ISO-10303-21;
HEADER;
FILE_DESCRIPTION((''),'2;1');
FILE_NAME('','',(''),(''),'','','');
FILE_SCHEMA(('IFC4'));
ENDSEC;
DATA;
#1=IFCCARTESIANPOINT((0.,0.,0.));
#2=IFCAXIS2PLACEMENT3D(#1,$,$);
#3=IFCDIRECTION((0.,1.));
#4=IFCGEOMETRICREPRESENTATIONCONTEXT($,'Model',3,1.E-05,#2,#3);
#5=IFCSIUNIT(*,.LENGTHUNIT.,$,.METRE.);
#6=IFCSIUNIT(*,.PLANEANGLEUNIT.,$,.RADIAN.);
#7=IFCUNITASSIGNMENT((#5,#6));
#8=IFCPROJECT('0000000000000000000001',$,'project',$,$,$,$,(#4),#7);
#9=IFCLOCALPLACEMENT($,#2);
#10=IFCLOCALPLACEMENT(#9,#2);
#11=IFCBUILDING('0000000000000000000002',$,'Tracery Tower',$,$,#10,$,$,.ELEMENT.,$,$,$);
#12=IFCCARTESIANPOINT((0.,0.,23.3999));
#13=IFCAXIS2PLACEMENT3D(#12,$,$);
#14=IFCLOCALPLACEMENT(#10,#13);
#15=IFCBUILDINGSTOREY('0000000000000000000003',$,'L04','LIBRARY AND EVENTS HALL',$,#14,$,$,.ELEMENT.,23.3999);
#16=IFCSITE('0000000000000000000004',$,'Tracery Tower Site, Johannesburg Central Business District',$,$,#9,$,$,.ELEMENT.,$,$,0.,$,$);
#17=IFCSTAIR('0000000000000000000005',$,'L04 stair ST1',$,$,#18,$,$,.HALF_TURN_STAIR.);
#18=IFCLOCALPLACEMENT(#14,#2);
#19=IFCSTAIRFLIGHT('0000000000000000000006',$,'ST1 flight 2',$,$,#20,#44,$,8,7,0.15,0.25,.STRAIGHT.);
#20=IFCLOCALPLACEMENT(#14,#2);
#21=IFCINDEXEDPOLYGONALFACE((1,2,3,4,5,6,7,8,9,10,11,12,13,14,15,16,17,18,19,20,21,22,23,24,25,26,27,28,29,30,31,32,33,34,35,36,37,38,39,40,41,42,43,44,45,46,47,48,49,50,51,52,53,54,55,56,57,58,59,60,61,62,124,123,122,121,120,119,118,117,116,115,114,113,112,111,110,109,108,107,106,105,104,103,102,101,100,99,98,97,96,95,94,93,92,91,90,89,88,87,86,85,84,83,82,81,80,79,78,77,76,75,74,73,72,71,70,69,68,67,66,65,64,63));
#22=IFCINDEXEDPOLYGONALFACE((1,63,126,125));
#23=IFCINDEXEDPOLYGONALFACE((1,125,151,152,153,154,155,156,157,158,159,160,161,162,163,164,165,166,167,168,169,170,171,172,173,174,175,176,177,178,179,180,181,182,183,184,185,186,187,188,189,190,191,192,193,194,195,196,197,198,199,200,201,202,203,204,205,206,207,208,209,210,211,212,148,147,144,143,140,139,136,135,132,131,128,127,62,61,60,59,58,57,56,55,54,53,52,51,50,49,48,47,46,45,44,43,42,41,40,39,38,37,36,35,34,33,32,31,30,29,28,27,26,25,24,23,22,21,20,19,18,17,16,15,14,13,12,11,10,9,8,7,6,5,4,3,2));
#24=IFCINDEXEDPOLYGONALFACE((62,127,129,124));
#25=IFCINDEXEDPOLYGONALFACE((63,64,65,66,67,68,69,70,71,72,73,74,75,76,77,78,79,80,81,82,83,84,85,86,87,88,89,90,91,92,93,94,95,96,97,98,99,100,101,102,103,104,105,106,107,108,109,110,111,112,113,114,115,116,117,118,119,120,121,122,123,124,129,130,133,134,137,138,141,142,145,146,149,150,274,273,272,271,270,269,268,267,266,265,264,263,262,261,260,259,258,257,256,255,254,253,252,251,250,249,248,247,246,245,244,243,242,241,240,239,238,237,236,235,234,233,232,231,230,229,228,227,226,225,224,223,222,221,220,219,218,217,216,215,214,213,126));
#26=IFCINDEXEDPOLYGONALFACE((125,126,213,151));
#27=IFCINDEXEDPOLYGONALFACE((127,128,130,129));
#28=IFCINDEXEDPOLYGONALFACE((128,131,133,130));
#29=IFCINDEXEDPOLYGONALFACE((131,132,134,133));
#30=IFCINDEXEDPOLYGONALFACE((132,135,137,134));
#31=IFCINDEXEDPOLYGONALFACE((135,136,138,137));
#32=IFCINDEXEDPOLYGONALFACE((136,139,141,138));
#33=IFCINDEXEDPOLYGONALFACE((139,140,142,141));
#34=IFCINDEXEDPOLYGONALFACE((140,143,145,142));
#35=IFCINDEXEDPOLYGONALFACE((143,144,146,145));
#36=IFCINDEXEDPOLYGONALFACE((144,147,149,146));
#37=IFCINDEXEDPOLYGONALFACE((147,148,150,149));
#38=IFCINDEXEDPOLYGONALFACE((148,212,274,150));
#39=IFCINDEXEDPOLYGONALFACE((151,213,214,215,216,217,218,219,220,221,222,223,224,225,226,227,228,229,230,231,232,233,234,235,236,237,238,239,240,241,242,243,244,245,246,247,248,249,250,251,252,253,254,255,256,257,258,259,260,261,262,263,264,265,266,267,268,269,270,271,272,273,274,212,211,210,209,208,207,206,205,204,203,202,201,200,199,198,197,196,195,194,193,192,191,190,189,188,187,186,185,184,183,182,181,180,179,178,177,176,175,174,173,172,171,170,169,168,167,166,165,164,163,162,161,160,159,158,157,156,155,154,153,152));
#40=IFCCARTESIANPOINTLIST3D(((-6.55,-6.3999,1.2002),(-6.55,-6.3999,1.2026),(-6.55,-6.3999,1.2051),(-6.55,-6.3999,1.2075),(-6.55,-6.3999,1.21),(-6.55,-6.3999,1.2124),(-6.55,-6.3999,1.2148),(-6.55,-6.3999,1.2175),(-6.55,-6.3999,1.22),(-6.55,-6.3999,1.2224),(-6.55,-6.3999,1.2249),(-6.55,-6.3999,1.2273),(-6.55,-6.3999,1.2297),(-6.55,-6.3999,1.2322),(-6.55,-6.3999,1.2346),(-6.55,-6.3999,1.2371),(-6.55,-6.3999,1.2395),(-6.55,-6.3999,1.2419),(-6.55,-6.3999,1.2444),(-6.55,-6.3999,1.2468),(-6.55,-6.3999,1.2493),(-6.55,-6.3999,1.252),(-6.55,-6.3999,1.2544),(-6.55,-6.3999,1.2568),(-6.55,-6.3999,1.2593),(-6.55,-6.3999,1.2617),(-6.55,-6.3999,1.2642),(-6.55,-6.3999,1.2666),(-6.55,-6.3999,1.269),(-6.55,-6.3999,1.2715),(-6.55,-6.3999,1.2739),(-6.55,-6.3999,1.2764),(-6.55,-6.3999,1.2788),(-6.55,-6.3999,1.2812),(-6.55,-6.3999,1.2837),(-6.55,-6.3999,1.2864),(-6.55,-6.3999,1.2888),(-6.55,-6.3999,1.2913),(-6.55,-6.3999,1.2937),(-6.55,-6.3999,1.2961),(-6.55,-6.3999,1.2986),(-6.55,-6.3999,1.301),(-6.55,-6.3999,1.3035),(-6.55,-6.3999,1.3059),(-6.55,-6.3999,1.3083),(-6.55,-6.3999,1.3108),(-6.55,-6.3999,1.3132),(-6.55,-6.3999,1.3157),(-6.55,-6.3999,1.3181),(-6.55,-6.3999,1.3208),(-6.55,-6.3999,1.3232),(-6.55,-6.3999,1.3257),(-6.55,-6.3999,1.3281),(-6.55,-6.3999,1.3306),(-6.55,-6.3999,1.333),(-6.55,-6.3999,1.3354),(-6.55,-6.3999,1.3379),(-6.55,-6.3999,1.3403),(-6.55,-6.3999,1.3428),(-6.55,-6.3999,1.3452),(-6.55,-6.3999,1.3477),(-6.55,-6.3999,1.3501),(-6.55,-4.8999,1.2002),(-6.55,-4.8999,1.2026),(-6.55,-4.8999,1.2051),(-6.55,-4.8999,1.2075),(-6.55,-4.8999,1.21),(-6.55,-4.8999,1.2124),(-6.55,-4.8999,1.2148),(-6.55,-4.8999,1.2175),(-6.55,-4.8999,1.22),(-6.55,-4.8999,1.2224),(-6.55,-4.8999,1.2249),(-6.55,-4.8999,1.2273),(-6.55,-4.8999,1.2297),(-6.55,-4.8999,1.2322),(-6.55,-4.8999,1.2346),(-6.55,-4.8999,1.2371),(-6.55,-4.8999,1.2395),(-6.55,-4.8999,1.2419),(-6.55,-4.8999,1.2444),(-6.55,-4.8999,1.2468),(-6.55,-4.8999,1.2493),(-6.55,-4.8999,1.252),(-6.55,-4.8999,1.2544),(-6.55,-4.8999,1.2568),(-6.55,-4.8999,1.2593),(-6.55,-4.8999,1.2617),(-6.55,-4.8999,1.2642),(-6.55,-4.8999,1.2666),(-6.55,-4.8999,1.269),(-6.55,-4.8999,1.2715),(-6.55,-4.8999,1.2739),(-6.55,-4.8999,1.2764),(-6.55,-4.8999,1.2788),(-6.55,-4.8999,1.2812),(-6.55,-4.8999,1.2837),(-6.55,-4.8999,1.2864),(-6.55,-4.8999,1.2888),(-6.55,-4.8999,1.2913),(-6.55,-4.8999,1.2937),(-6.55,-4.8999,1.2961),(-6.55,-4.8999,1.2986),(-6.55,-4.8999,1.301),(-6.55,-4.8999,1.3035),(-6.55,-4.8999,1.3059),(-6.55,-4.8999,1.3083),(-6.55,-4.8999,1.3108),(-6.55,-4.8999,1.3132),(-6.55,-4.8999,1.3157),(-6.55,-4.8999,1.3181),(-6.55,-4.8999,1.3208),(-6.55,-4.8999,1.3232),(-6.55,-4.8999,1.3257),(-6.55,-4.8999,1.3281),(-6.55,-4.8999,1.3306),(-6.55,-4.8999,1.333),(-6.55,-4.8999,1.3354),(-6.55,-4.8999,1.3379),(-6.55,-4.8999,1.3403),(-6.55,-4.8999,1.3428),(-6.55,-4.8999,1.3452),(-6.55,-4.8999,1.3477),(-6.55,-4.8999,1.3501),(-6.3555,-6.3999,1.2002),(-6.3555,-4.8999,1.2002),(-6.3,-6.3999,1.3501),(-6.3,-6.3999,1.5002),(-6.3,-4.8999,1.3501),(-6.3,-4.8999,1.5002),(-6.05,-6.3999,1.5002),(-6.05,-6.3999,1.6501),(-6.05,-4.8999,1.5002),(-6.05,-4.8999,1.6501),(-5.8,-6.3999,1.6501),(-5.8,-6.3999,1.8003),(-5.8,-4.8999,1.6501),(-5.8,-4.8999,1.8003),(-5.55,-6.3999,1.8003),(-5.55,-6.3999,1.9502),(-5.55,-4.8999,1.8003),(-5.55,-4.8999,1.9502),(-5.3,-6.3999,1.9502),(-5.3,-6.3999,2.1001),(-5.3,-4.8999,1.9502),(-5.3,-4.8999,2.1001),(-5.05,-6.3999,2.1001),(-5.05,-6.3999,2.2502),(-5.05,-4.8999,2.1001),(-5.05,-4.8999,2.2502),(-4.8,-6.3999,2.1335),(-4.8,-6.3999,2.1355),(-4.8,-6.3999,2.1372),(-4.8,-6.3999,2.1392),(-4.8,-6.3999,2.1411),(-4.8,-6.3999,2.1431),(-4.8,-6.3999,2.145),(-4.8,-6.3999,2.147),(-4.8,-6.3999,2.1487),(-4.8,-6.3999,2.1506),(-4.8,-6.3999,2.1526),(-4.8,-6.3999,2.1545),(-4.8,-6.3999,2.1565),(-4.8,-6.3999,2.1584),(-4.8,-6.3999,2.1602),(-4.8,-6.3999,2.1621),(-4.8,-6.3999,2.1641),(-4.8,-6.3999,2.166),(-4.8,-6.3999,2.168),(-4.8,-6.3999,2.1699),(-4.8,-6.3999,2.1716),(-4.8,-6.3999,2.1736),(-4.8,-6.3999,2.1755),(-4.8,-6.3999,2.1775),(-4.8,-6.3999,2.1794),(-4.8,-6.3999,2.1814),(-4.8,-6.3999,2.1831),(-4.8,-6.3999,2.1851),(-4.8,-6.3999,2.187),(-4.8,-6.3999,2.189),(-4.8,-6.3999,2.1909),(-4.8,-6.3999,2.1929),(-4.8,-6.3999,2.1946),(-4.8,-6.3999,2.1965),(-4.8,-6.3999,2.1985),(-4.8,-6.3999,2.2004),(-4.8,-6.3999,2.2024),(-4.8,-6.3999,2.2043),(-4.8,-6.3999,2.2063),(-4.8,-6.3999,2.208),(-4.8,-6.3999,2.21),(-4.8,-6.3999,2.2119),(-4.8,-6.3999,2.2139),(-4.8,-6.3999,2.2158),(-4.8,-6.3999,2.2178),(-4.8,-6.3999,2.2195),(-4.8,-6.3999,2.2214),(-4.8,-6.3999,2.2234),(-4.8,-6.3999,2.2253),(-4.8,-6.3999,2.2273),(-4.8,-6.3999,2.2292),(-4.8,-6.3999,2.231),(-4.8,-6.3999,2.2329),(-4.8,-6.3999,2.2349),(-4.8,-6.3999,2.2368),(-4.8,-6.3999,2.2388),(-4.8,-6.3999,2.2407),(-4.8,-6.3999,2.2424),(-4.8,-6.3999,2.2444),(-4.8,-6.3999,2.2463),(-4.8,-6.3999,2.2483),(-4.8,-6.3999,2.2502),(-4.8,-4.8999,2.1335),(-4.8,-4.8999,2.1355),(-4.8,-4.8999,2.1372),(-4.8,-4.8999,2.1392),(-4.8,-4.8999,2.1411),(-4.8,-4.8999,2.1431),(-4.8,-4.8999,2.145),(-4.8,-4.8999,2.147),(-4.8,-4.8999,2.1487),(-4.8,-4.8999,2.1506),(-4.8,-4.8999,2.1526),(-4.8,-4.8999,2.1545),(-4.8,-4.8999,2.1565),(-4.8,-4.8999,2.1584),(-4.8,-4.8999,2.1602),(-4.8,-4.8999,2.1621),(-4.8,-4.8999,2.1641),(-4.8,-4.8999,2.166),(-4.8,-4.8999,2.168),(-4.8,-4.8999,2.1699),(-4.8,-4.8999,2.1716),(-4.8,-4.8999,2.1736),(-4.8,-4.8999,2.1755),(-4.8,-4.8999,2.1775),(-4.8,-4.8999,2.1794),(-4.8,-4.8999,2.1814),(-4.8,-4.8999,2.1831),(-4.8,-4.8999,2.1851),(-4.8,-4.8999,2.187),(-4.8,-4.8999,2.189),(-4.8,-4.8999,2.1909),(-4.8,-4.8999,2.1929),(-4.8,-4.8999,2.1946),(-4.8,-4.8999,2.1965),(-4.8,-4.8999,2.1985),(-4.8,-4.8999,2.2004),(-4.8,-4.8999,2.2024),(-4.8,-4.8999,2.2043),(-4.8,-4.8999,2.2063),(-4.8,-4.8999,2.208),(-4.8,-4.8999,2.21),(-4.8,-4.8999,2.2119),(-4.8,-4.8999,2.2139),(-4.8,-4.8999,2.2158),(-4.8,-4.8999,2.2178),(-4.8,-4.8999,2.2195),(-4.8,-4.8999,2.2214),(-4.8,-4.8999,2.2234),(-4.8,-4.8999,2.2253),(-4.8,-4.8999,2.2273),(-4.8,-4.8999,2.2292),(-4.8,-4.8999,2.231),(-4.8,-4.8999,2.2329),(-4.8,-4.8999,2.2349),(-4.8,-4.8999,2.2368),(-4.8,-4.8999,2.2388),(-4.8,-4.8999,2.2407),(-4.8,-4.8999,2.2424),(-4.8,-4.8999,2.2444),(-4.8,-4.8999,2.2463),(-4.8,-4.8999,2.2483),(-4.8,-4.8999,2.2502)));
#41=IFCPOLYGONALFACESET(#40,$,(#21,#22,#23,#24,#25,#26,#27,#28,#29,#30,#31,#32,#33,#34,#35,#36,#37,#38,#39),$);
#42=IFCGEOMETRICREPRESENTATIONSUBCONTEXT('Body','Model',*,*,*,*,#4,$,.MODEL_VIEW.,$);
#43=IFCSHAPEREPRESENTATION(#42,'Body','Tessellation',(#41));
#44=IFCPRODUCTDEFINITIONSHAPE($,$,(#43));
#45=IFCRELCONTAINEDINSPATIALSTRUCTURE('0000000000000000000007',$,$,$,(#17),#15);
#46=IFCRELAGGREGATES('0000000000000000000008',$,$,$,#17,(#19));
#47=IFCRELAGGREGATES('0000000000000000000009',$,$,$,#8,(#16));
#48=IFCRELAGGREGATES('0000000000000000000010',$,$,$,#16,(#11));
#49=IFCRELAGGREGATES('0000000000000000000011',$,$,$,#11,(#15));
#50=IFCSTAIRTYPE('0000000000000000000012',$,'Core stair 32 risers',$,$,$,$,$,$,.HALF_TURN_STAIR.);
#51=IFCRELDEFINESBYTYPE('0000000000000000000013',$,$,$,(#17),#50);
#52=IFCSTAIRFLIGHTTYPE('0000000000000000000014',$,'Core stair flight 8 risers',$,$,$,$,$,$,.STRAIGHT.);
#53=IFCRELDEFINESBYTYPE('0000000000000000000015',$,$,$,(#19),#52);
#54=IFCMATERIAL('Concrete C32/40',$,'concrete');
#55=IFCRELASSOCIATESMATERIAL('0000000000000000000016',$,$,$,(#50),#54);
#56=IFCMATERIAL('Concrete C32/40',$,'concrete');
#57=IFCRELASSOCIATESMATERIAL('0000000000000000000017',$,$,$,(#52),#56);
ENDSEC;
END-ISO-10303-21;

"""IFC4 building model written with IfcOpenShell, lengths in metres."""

from ifc_helpers import new_model, si_unit, direction, frame, origin, place, context, subcontext, project, spatial, polyline, outline, extrude, material, type_object, element, aggregate, save


model = new_model("IFC4")

# Units and contexts
model_context = context("Model", 3, precision=1e-05, world=origin(), true_north=direction((0.0, 1.0)))
body_context = subcontext(model_context, "Body", "Model", "MODEL_VIEW")
ifc_project = project(units=[si_unit("LENGTHUNIT", "METRE"), si_unit("PLANEANGLEUNIT", "RADIAN")], contexts=[model_context])

# Site, building, storey
site_placement = place(None, origin())
site = spatial("IfcSite", under=ifc_project, at=site_placement, Name="Tracery Tower Site, Johannesburg Central Business District", CompositionType="ELEMENT", RefElevation=0.0)
building_placement = place(site_placement, origin())
building = spatial("IfcBuilding", under=site, at=building_placement, Name="Tracery Tower", CompositionType="ELEMENT")
storey_placement = place(building_placement, frame((0.0, 0.0, 23.3999)))
storey = spatial("IfcBuildingStorey", under=building, at=storey_placement, Name="L04", Description="LIBRARY AND EVENTS HALL", CompositionType="ELEMENT", Elevation=23.3999)

# Stair, stair flight
ifc_material_1 = material(Name="Concrete C32/40", Category="concrete")
stair_type = type_object("IfcStairType", Name="Core stair 32 risers", PredefinedType="HALF_TURN_STAIR", material=ifc_material_1)
stair_placement = place(storey_placement, origin())
stair = element("IfcStair", 1, at=stair_placement, inside=storey, type_object=stair_type, Name="L04 stair ST1", PredefinedType="HALF_TURN_STAIR")
ifc_material_2 = material(Name="Concrete C32/40", Category="concrete")
stair_flight_type = type_object("IfcStairFlightType", Name="Core stair flight 8 risers", PredefinedType="STRAIGHT", material=ifc_material_2)
stair_flight_1_placement = place(storey_placement, frame((-6.55, -5.6499, 1.2002), z_axis=(0.0, 0.0, 1.0), x_axis=(1.0, 0.0, 0.0)))
stair_flight_1 = element("IfcStairFlight", 2, at=stair_flight_1_placement, type_object=stair_flight_type, Name="ST1 flight 2", NumberOfRisers=8, NumberOfTreads=7, PredefinedType="STRAIGHT", RiserHeight=0.15, TreadLength=0.25, context=body_context, shape_type="SweptSolid", body=[
    extrude(outline(polyline([(0.0, 0.0), (0.0, 0.0024), (0.0, 0.0049), (0.0, 0.0073), (0.0, 0.0098), (0.0, 0.0122), (0.0, 0.0146), (0.0, 0.0173), (0.0, 0.0198), (0.0, 0.0222), (0.0, 0.0247), (0.0, 0.0271), (0.0, 0.0295), (0.0, 0.032), (0.0, 0.0344), (0.0, 0.0369), (0.0, 0.0393), (0.0, 0.0417), (0.0, 0.0442), (0.0, 0.0466), (0.0, 0.0491), (0.0, 0.0518), (0.0, 0.0542), (0.0, 0.0566), (0.0, 0.0591), (0.0, 0.0615), (0.0, 0.064), (0.0, 0.0664), (0.0, 0.0688), (0.0, 0.0713), (0.0, 0.0737), (0.0, 0.0762), (0.0, 0.0786), (0.0, 0.0811), (0.0, 0.0835), (0.0, 0.0862), (0.0, 0.0886), (0.0, 0.0911), (0.0, 0.0935), (0.0, 0.0959), (0.0, 0.0984), (0.0, 0.1008), (0.0, 0.1033), (0.0, 0.1057), (0.0, 0.1082), (0.0, 0.1106), (0.0, 0.113), (0.0, 0.1155), (0.0, 0.1179), (0.0, 0.1206), (0.0, 0.123), (0.0, 0.1255), (0.0, 0.1279), (0.0, 0.1304), (0.0, 0.1328), (0.0, 0.1353), (0.0, 0.1377), (0.0, 0.1401), (0.0, 0.1426), (0.0, 0.145), (0.0, 0.1475), (0.0, 0.1499), (0.25, 0.1499), (0.25, 0.3), (0.5, 0.3), (0.5, 0.45), (0.75, 0.45), (0.75, 0.6001), (1.0, 0.6001), (1.0, 0.75), (1.25, 0.75), (1.25, 0.8999), (1.5, 0.8999), (1.5, 1.05), (1.75, 1.05), (1.75, 1.0481), (1.75, 1.0461), (1.75, 1.0442), (1.75, 1.0422), (1.75, 1.0405), (1.75, 1.0386), (1.75, 1.0366), (1.75, 1.0347), (1.75, 1.0327), (1.75, 1.0308), (1.75, 1.0291), (1.75, 1.0271), (1.75, 1.0251), (1.75, 1.0232), (1.75, 1.0212), (1.75, 1.0193), (1.75, 1.0176), (1.75, 1.0156), (1.75, 1.0137), (1.75, 1.0117), (1.75, 1.0098), (1.75, 1.0078), (1.75, 1.0061), (1.75, 1.0042), (1.75, 1.0022), (1.75, 1.0002), (1.75, 0.9983), (1.75, 0.9963), (1.75, 0.9944), (1.75, 0.9927), (1.75, 0.9907), (1.75, 0.9888), (1.75, 0.9868), (1.75, 0.9849), (1.75, 0.9829), (1.75, 0.9812), (1.75, 0.9792), (1.75, 0.9773), (1.75, 0.9753), (1.75, 0.9734), (1.75, 0.9714), (1.75, 0.9697), (1.75, 0.9678), (1.75, 0.9658), (1.75, 0.9639), (1.75, 0.9619), (1.75, 0.96), (1.75, 0.9583), (1.75, 0.9563), (1.75, 0.9543), (1.75, 0.9524), (1.75, 0.9504), (1.75, 0.9485), (1.75, 0.9468), (1.75, 0.9448), (1.75, 0.9429), (1.75, 0.9409), (1.75, 0.939), (1.75, 0.937), (1.75, 0.9353), (1.75, 0.9333), (0.1946, 0.0), (0.0, 0.0)])), frame((0.0, 0.75, 0.0), z_axis=(0.0, -1.0, 0.0), x_axis=(1.0, 0.0, 0.0)), (0.0, 0.0, 1.0), 1.5),
])
aggregate(stair, [stair_flight_1])

save(model, "model.ifc")
